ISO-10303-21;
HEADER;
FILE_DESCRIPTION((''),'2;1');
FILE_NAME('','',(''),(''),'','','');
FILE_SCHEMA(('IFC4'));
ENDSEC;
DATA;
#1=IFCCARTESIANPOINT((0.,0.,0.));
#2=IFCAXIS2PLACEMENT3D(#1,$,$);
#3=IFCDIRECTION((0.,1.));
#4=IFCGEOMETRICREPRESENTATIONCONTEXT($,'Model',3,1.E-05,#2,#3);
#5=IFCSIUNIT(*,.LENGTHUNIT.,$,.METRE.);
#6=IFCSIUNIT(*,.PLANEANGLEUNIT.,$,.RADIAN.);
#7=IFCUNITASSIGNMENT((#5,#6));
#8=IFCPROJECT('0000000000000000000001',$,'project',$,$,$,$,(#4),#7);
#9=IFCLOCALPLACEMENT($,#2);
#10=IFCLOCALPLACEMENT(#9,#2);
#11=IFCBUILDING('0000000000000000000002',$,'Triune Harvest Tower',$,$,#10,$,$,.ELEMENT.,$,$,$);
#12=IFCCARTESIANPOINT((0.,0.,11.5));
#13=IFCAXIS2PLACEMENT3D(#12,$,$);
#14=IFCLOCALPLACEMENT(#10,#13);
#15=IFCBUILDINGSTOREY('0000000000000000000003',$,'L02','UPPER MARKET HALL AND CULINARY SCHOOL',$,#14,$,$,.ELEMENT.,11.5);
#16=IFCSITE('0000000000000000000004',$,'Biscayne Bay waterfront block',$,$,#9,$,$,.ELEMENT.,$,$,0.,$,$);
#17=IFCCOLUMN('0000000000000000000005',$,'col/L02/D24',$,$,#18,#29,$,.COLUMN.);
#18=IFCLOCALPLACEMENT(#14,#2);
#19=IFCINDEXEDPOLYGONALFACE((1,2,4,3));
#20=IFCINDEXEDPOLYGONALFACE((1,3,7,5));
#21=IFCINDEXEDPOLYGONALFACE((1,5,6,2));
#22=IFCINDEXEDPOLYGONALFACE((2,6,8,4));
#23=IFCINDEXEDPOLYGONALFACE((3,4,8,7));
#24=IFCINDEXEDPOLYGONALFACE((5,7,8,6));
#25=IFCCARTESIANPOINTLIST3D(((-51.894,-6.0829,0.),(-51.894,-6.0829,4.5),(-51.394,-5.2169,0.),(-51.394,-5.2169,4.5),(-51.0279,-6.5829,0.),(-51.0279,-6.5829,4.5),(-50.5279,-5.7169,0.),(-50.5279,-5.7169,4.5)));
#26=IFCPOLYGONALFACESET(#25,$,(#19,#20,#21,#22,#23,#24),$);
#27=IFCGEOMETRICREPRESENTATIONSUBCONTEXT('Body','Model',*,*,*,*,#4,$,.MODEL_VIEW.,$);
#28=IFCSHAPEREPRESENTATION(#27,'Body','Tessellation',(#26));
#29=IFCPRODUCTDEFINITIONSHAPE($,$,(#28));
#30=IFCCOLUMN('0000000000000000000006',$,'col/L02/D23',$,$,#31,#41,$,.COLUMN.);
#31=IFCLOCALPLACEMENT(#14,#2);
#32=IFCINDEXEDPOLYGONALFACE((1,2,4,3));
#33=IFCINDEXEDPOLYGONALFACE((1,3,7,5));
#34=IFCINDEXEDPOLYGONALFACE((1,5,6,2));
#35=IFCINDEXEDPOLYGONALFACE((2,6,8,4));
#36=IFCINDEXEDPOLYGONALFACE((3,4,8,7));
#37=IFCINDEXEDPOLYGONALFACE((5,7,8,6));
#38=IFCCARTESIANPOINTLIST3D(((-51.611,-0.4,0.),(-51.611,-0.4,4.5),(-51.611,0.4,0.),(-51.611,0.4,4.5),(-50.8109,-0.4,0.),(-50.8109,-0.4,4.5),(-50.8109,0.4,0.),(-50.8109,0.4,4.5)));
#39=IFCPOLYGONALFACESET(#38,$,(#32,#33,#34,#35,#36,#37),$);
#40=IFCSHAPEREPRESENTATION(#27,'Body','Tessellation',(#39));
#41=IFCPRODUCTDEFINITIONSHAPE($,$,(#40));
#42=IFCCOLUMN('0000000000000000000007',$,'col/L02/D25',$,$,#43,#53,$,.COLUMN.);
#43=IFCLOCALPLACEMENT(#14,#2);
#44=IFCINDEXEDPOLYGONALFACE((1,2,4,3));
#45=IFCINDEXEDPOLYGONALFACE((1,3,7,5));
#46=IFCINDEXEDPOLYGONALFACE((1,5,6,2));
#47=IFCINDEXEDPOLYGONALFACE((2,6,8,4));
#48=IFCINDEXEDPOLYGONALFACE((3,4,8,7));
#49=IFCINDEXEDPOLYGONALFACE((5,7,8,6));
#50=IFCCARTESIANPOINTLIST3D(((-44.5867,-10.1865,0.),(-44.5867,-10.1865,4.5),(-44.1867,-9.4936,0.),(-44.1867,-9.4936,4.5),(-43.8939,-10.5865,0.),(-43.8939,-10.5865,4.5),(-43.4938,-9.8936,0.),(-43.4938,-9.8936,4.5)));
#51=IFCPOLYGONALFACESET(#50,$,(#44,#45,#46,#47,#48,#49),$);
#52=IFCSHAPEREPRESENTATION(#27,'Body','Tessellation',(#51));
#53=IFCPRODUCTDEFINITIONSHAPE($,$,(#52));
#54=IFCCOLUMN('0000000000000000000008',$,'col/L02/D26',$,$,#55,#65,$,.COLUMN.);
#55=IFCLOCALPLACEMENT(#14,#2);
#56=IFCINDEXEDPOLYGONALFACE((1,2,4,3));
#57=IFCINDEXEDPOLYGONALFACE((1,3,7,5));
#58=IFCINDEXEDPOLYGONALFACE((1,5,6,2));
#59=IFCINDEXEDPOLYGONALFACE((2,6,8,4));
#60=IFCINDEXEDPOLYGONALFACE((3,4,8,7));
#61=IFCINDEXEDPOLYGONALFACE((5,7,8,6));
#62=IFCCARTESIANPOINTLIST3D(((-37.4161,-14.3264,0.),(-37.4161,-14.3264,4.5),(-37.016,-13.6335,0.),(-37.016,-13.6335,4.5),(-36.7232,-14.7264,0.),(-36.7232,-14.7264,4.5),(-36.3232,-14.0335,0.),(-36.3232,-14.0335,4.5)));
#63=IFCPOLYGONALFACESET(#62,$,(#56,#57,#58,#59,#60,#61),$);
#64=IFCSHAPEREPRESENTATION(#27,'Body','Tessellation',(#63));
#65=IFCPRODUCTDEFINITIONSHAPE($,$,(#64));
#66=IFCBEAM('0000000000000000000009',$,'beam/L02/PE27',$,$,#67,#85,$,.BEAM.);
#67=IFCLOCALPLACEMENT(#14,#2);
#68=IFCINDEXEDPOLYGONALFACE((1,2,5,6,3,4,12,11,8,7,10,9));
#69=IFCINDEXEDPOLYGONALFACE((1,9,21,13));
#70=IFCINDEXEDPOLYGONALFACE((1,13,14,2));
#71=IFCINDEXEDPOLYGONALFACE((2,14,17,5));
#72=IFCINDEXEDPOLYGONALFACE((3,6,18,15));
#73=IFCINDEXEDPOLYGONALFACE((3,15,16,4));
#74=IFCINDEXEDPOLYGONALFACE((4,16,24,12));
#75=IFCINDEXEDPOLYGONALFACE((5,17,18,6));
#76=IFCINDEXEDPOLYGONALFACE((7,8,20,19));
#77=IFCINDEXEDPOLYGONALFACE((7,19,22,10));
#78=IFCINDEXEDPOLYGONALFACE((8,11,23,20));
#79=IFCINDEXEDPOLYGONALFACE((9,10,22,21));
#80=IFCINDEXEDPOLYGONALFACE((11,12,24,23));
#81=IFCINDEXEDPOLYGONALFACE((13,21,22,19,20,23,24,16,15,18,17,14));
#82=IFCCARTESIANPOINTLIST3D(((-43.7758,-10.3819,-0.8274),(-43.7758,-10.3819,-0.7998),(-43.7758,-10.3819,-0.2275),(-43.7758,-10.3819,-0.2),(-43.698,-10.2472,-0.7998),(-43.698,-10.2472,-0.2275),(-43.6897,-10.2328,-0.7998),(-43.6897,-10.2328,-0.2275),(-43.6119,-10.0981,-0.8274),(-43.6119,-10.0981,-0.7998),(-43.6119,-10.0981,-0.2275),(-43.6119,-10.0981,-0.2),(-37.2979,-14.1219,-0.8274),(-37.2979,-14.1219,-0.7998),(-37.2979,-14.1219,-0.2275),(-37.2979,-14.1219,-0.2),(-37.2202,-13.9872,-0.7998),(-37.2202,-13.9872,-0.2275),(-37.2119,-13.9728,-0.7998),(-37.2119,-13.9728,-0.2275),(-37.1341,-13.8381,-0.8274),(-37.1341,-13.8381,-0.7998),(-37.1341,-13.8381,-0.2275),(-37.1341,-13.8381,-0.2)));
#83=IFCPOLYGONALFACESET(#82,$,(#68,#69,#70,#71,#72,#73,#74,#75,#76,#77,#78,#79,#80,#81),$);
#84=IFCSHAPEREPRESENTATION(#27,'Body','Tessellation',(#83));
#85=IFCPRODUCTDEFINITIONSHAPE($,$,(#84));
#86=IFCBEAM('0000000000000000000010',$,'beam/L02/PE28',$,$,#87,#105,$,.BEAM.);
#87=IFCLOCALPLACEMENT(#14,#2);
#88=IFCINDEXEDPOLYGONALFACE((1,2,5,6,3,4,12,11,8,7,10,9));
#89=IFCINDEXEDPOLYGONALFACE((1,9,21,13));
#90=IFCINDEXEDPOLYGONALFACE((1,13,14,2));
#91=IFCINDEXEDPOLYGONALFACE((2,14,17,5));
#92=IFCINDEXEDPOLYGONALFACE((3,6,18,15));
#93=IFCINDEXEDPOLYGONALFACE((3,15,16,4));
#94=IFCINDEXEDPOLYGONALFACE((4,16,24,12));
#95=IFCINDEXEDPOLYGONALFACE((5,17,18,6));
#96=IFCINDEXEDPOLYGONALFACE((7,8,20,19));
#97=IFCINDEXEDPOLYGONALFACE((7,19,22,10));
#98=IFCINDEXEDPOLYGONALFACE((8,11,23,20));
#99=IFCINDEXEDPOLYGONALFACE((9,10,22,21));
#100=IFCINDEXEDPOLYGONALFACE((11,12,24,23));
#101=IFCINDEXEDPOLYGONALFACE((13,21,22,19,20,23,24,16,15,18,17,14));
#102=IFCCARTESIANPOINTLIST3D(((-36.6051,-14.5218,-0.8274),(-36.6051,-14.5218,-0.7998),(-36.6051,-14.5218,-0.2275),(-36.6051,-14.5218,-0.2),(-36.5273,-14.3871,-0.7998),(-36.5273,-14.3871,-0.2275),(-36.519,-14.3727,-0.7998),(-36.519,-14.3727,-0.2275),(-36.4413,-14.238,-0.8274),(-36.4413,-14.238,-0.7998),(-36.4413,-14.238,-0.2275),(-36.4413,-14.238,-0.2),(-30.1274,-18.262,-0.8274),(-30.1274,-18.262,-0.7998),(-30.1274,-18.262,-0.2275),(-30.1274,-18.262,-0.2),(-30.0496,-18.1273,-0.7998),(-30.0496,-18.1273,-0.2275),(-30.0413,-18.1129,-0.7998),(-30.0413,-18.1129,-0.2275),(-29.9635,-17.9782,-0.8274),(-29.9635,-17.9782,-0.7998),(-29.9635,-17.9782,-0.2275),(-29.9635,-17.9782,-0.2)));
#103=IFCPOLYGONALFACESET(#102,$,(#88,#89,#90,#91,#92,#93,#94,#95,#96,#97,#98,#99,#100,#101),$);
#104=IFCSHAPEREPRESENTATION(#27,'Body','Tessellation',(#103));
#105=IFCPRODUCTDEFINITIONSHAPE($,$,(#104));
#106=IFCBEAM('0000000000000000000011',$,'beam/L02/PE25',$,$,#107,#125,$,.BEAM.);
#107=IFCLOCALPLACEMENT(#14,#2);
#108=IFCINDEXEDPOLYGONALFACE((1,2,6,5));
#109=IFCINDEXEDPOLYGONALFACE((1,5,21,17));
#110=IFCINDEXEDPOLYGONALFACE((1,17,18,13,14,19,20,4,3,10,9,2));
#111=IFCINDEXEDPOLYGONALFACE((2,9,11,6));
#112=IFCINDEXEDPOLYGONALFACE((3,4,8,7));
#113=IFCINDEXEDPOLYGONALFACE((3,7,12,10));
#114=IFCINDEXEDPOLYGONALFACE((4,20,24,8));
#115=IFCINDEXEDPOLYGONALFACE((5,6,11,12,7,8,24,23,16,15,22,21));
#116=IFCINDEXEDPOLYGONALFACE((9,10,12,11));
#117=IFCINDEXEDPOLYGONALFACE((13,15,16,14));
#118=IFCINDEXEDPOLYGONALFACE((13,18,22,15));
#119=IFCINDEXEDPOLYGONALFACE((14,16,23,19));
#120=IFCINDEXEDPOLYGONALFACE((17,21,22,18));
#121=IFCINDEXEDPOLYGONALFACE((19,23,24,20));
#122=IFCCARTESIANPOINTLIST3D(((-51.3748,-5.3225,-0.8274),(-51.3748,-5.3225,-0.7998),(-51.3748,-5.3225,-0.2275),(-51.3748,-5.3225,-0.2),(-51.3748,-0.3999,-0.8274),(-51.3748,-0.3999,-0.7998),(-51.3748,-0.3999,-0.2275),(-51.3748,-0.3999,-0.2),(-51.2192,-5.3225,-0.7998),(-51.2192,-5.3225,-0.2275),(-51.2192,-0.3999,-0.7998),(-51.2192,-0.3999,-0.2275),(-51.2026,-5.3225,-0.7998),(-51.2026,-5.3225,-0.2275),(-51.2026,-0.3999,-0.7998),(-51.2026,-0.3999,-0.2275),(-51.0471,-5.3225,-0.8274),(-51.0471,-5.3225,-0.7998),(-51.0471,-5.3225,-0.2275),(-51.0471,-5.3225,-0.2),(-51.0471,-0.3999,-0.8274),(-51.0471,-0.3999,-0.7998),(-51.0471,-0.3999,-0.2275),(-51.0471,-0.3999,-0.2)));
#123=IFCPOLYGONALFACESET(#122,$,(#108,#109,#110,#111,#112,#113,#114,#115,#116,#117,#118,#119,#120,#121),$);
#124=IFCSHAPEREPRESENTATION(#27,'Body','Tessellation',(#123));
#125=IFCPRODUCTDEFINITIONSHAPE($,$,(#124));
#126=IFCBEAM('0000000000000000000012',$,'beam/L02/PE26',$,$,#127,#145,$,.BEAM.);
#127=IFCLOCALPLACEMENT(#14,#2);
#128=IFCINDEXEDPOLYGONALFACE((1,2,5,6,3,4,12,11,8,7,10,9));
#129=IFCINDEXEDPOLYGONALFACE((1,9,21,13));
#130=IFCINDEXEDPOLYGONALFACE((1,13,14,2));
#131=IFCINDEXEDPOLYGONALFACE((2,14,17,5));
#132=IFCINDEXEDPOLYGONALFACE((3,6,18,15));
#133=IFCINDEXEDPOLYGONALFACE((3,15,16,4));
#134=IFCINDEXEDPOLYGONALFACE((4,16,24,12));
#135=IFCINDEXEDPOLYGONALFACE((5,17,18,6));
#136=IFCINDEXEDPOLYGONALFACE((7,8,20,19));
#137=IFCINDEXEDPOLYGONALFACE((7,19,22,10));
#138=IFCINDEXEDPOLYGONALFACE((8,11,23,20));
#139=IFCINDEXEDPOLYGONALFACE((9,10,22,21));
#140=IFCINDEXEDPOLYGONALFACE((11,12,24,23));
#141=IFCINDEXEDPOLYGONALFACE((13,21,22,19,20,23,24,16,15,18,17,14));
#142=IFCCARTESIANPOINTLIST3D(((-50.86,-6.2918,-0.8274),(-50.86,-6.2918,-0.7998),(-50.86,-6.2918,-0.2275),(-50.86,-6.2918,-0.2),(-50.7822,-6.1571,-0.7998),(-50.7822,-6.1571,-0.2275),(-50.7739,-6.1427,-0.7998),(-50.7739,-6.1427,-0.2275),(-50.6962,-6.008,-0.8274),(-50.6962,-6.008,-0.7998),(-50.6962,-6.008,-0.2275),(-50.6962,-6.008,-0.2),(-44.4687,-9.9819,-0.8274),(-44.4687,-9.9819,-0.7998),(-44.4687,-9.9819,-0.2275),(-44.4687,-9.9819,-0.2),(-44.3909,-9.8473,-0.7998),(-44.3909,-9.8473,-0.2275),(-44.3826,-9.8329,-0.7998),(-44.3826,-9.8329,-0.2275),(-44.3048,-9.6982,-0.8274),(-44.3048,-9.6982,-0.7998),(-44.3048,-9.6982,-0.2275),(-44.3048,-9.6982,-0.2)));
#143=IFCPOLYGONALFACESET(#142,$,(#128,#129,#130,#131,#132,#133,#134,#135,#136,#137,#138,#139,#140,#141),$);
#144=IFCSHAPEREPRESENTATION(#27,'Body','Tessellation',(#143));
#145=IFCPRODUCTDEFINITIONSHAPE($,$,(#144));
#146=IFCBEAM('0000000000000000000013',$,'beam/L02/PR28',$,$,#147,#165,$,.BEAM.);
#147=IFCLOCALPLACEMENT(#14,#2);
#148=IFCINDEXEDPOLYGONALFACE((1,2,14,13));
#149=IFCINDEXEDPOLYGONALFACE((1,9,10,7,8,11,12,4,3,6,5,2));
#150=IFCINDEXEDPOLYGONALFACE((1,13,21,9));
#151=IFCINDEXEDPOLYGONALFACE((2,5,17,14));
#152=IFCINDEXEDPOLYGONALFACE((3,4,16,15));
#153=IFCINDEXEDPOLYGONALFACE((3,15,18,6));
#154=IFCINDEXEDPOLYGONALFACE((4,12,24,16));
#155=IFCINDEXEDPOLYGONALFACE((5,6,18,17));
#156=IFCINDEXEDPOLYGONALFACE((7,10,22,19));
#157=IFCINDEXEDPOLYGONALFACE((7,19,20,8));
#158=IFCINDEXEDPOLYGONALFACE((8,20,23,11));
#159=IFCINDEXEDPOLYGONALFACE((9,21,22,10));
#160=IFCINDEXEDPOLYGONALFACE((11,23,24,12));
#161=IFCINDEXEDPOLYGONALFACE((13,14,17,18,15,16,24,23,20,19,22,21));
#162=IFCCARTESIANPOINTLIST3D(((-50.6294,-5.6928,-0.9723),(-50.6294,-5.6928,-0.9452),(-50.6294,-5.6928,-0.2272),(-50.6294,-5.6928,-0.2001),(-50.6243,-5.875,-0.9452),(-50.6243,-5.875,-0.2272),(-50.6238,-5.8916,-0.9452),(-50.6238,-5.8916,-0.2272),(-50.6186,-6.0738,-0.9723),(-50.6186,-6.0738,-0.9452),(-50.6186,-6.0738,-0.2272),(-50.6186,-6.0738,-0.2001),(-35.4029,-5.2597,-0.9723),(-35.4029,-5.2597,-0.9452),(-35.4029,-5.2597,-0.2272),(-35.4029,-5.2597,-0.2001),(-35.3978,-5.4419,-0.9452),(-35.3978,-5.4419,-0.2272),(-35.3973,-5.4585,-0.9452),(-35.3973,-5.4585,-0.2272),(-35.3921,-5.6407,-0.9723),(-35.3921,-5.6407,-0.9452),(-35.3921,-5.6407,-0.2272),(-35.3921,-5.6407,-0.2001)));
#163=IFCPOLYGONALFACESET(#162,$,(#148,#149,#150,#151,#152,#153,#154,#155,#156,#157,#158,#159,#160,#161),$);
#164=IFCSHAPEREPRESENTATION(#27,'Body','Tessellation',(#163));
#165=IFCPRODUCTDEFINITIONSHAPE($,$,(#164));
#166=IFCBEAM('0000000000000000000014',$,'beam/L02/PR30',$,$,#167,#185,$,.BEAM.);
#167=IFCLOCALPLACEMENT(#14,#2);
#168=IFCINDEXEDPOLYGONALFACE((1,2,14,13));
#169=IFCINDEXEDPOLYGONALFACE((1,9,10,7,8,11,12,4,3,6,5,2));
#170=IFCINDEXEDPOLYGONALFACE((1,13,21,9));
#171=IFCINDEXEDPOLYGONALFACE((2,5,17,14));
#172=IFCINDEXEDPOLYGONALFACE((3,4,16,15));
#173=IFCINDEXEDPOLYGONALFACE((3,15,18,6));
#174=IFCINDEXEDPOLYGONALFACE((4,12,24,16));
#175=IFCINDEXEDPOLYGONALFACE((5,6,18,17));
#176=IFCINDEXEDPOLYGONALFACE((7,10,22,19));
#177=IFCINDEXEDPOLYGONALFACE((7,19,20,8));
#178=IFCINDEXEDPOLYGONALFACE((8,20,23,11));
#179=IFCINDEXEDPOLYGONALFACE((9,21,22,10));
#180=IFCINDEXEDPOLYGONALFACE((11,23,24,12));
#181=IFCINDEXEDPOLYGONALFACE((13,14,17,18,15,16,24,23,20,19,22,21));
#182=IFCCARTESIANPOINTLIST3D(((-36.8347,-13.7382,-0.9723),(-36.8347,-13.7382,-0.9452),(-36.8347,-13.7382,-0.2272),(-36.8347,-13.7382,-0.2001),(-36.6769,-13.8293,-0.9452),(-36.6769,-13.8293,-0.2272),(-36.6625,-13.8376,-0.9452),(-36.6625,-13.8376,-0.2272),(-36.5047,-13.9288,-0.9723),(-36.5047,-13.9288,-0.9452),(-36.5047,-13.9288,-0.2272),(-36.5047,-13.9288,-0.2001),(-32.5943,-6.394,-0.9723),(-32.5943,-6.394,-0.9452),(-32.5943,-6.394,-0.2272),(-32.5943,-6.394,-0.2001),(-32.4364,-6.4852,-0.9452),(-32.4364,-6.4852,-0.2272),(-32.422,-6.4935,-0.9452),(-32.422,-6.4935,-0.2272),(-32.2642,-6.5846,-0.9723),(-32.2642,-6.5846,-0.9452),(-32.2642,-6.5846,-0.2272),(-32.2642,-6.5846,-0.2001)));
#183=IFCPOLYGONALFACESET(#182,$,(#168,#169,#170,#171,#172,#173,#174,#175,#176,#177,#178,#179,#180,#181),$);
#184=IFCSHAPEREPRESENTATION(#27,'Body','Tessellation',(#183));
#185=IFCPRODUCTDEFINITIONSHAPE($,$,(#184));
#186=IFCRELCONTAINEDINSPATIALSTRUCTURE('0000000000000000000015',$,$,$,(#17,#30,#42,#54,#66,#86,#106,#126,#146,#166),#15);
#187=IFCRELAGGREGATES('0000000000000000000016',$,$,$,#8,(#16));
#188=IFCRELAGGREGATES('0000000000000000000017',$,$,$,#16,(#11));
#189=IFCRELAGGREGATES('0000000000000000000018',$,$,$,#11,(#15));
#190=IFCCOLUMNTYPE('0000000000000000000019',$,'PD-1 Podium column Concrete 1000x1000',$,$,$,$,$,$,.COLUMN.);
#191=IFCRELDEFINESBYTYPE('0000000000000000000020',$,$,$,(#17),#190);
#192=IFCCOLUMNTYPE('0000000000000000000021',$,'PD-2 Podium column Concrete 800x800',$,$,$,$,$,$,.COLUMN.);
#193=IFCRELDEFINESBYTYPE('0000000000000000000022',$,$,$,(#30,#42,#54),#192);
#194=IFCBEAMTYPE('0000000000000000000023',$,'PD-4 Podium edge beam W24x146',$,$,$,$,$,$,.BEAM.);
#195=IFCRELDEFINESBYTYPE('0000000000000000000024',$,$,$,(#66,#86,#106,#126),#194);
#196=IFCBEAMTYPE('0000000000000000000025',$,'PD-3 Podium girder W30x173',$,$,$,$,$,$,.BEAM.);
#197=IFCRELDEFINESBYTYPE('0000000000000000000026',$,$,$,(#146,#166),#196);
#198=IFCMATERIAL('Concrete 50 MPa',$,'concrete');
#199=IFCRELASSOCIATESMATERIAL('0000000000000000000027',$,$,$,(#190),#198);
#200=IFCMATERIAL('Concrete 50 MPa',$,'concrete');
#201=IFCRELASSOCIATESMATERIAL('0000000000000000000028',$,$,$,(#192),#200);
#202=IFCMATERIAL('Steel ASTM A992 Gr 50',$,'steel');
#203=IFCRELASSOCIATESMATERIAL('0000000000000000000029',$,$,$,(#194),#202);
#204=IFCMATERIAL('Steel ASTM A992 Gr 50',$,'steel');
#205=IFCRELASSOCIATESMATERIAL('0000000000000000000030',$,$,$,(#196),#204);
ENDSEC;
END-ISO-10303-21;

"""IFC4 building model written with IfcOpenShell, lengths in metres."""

from ifc_helpers import new_model, si_unit, direction, frame, origin, origin_2d, place, context, subcontext, project, spatial, rectangle, i_section, extrude, source, transform, mapped, material, material_profile, profile_set, type_object, element, save


model = new_model("IFC4")

# Units and contexts
model_context = context("Model", 3, precision=1e-05, world=origin(), true_north=direction((0.0, 1.0)))
body_context = subcontext(model_context, "Body", "Model", "MODEL_VIEW")
ifc_project = project(units=[si_unit("LENGTHUNIT", "METRE"), si_unit("PLANEANGLEUNIT", "RADIAN")], contexts=[model_context])

# Site, building, storey
site_placement = place(None, origin())
site = spatial("IfcSite", under=ifc_project, at=site_placement, Name="Biscayne Bay waterfront block", CompositionType="ELEMENT", RefElevation=0.0)
building_placement = place(site_placement, origin())
building = spatial("IfcBuilding", under=site, at=building_placement, Name="Triune Harvest Tower", CompositionType="ELEMENT")
storey_placement = place(building_placement, frame((0.0, 0.0, 11.5)))
storey = spatial("IfcBuildingStorey", under=building, at=storey_placement, Name="L02", Description="UPPER MARKET HALL AND CULINARY SCHOOL", CompositionType="ELEMENT", Elevation=11.5)

# Columns
ifc_material_1 = material(Name="Concrete 50 MPa", Category="concrete")
ifc_material_profile_1 = material_profile(ifc_material_1, rectangle(XDim=1.0, YDim=1.0, at=origin_2d()), Name="Concrete 1000x1000")
ifc_profile_set_1 = profile_set([ifc_material_profile_1], Name="Concrete 50 MPa")
column_type_1 = type_object("IfcColumnType", Name="PD-1 Podium column Concrete 1000x1000", PredefinedType="COLUMN", material=ifc_profile_set_1)
shared_shape_1 = source(origin(), body_context, "Body", "SweptSolid", [
    extrude(rectangle(XDim=1.0, YDim=1.0, at=origin_2d()), origin(), (0.0, 0.0, 1.0), 4.5),
])
column_placement = place(storey_placement, frame((-51.2109, -5.8999, 0.0), z_axis=(0.0, 0.0, 1.0), x_axis=(0.866025, -0.5, 0.0)))
element("IfcColumn", 1, at=column_placement, inside=storey, type_object=column_type_1, Name="col/L02/D24", PredefinedType="COLUMN", context=body_context, shape_type="MappedRepresentation", body=[
    mapped(shared_shape_1, transform((0.0, 0.0, 0.0), scale=1.0)),
])
ifc_material_2 = material(Name="Concrete 50 MPa", Category="concrete")
ifc_material_profile_2 = material_profile(ifc_material_2, rectangle(XDim=0.8, YDim=0.8, at=origin_2d()), Name="Concrete 800x800")
ifc_profile_set_2 = profile_set([ifc_material_profile_2], Name="Concrete 50 MPa")
column_type_2 = type_object("IfcColumnType", Name="PD-2 Podium column Concrete 800x800", PredefinedType="COLUMN", material=ifc_profile_set_2)
shared_shape_2 = source(origin(), body_context, "Body", "SweptSolid", [
    extrude(rectangle(XDim=0.8, YDim=0.8, at=origin_2d()), origin(), (0.0, 0.0, 1.0), 4.5),
])
for number, where, z_axis, x_axis, name in (
    (2, (-51.2109, 0.0, 0.0), (0.0, 0.0, 1.0), (0.0, -1.0, 0.0), "col/L02/D23"),
    (3, (-44.0403, -10.04, 0.0), (0.0, 0.0, 1.0), (0.866025, -0.5, 0.0), "col/L02/D25"),
    (4, (-36.8696, -14.1799, 0.0), (0.0, 0.0, 1.0), (0.866025, -0.5, 0.0), "col/L02/D26"),
):
    element("IfcColumn", number, at=place(storey_placement, frame(where, z_axis=z_axis, x_axis=x_axis)), inside=storey, type_object=column_type_2, Name=name, PredefinedType="COLUMN", context=body_context, shape_type="MappedRepresentation", body=[
        mapped(shared_shape_2, transform((0.0, 0.0, 0.0), scale=1.0)),
    ])

# Beams
ifc_material_3 = material(Name="Steel ASTM A992 Gr 50", Category="steel")
ifc_material_profile_3 = material_profile(ifc_material_3, i_section(OverallWidth=0.3276, OverallDepth=0.6274, WebThickness=0.0166, FlangeThickness=0.0276, at=origin_2d()), Name="W24x146")
ifc_profile_set_3 = profile_set([ifc_material_profile_3], Name="Steel ASTM A992 Gr 50")
beam_type_1 = type_object("IfcBeamType", Name="PD-4 Podium edge beam W24x146", PredefinedType="BEAM", material=ifc_profile_set_3)
shared_shape_3 = source(origin(), body_context, "Body", "SweptSolid", [
    extrude(i_section(OverallWidth=0.3276, OverallDepth=0.6274, WebThickness=0.0166, FlangeThickness=0.0276, at=origin_2d()), origin(), (0.0, 0.0, 1.0), 7.48),
])
for number, where, z_axis, x_axis, name in (
    (5, (-43.6938, -10.24, -0.5137), (0.866023, -0.500004, 0.0), (0.500004, 0.866023, 0.0), "beam/L02/PE27"),
    (6, (-36.5232, -14.3799, -0.5137), (0.866009, -0.500029, 0.0), (0.500029, 0.866009, 0.0), "beam/L02/PE28"),
):
    element("IfcBeam", number, at=place(storey_placement, frame(where, z_axis=z_axis, x_axis=x_axis)), inside=storey, type_object=beam_type_1, Name=name, PredefinedType="BEAM", context=body_context, shape_type="MappedRepresentation", body=[
        mapped(shared_shape_3, transform((0.0, 0.0, 0.0), scale=1.0)),
    ])
shared_shape_4 = source(origin(), body_context, "Body", "SweptSolid", [
    extrude(i_section(OverallWidth=0.3276, OverallDepth=0.6274, WebThickness=0.0166, FlangeThickness=0.0276, at=origin_2d()), origin(), (0.0, 0.0, 1.0), 4.9226),
])
beam_1_placement = place(storey_placement, frame((-51.2109, -0.3999, -0.5137), z_axis=(0.0, -1.0, 0.0), x_axis=(1.0, 0.0, 0.0)))
element("IfcBeam", 7, at=beam_1_placement, inside=storey, type_object=beam_type_1, Name="beam/L02/PE25", PredefinedType="BEAM", context=body_context, shape_type="MappedRepresentation", body=[
    mapped(shared_shape_4, transform((0.0, 0.0, 0.0), scale=1.0)),
])
shared_shape_5 = source(origin(), body_context, "Body", "SweptSolid", [
    extrude(i_section(OverallWidth=0.3276, OverallDepth=0.6274, WebThickness=0.0166, FlangeThickness=0.0276, at=origin_2d()), origin(), (0.0, 0.0, 1.0), 7.3801),
])
beam_2_placement = place(storey_placement, frame((-50.7781, -6.1499, -0.5137), z_axis=(0.866018, -0.500014, 0.0), x_axis=(0.500014, 0.866018, 0.0)))
element("IfcBeam", 8, at=beam_2_placement, inside=storey, type_object=beam_type_1, Name="beam/L02/PE26", PredefinedType="BEAM", context=body_context, shape_type="MappedRepresentation", body=[
    mapped(shared_shape_5, transform((0.0, 0.0, 0.0), scale=1.0)),
])
ifc_material_4 = material(Name="Steel ASTM A992 Gr 50", Category="steel")
ifc_material_profile_4 = material_profile(ifc_material_4, i_section(OverallWidth=0.3811, OverallDepth=0.7722, WebThickness=0.0166, FlangeThickness=0.0271, at=origin_2d()), Name="W30x173")
ifc_profile_set_4 = profile_set([ifc_material_profile_4], Name="Steel ASTM A992 Gr 50")
beam_type_2 = type_object("IfcBeamType", Name="PD-3 Podium girder W30x173", PredefinedType="BEAM", material=ifc_profile_set_4)
shared_shape_6 = source(origin(), body_context, "Body", "SweptSolid", [
    extrude(i_section(OverallWidth=0.3811, OverallDepth=0.7722, WebThickness=0.0166, FlangeThickness=0.0271, at=origin_2d()), origin(), (0.0, 0.0, 1.0), 15.2327),
])
beam_3_placement = place(storey_placement, frame((-50.624, -5.8833, -0.5862), z_axis=(0.999596, 0.028433, 0.0), x_axis=(-0.028433, 0.999596, 0.0)))
element("IfcBeam", 9, at=beam_3_placement, inside=storey, type_object=beam_type_2, Name="beam/L02/PR28", PredefinedType="BEAM", context=body_context, shape_type="MappedRepresentation", body=[
    mapped(shared_shape_6, transform((0.0, 0.0, 0.0), scale=1.0)),
])
shared_shape_7 = source(origin(), body_context, "Body", "SweptSolid", [
    extrude(i_section(OverallWidth=0.3811, OverallDepth=0.7722, WebThickness=0.0166, FlangeThickness=0.0271, at=origin_2d()), origin(), (0.0, 0.0, 1.0), 8.4805),
])
beam_4_placement = place(storey_placement, frame((-36.6697, -13.8335, -0.5862), z_axis=(0.500025, 0.866011, 0.0), x_axis=(-0.866011, 0.500025, 0.0)))
element("IfcBeam", 10, at=beam_4_placement, inside=storey, type_object=beam_type_2, Name="beam/L02/PR30", PredefinedType="BEAM", context=body_context, shape_type="MappedRepresentation", body=[
    mapped(shared_shape_7, transform((0.0, 0.0, 0.0), scale=1.0)),
])

save(model, "model.ifc")
